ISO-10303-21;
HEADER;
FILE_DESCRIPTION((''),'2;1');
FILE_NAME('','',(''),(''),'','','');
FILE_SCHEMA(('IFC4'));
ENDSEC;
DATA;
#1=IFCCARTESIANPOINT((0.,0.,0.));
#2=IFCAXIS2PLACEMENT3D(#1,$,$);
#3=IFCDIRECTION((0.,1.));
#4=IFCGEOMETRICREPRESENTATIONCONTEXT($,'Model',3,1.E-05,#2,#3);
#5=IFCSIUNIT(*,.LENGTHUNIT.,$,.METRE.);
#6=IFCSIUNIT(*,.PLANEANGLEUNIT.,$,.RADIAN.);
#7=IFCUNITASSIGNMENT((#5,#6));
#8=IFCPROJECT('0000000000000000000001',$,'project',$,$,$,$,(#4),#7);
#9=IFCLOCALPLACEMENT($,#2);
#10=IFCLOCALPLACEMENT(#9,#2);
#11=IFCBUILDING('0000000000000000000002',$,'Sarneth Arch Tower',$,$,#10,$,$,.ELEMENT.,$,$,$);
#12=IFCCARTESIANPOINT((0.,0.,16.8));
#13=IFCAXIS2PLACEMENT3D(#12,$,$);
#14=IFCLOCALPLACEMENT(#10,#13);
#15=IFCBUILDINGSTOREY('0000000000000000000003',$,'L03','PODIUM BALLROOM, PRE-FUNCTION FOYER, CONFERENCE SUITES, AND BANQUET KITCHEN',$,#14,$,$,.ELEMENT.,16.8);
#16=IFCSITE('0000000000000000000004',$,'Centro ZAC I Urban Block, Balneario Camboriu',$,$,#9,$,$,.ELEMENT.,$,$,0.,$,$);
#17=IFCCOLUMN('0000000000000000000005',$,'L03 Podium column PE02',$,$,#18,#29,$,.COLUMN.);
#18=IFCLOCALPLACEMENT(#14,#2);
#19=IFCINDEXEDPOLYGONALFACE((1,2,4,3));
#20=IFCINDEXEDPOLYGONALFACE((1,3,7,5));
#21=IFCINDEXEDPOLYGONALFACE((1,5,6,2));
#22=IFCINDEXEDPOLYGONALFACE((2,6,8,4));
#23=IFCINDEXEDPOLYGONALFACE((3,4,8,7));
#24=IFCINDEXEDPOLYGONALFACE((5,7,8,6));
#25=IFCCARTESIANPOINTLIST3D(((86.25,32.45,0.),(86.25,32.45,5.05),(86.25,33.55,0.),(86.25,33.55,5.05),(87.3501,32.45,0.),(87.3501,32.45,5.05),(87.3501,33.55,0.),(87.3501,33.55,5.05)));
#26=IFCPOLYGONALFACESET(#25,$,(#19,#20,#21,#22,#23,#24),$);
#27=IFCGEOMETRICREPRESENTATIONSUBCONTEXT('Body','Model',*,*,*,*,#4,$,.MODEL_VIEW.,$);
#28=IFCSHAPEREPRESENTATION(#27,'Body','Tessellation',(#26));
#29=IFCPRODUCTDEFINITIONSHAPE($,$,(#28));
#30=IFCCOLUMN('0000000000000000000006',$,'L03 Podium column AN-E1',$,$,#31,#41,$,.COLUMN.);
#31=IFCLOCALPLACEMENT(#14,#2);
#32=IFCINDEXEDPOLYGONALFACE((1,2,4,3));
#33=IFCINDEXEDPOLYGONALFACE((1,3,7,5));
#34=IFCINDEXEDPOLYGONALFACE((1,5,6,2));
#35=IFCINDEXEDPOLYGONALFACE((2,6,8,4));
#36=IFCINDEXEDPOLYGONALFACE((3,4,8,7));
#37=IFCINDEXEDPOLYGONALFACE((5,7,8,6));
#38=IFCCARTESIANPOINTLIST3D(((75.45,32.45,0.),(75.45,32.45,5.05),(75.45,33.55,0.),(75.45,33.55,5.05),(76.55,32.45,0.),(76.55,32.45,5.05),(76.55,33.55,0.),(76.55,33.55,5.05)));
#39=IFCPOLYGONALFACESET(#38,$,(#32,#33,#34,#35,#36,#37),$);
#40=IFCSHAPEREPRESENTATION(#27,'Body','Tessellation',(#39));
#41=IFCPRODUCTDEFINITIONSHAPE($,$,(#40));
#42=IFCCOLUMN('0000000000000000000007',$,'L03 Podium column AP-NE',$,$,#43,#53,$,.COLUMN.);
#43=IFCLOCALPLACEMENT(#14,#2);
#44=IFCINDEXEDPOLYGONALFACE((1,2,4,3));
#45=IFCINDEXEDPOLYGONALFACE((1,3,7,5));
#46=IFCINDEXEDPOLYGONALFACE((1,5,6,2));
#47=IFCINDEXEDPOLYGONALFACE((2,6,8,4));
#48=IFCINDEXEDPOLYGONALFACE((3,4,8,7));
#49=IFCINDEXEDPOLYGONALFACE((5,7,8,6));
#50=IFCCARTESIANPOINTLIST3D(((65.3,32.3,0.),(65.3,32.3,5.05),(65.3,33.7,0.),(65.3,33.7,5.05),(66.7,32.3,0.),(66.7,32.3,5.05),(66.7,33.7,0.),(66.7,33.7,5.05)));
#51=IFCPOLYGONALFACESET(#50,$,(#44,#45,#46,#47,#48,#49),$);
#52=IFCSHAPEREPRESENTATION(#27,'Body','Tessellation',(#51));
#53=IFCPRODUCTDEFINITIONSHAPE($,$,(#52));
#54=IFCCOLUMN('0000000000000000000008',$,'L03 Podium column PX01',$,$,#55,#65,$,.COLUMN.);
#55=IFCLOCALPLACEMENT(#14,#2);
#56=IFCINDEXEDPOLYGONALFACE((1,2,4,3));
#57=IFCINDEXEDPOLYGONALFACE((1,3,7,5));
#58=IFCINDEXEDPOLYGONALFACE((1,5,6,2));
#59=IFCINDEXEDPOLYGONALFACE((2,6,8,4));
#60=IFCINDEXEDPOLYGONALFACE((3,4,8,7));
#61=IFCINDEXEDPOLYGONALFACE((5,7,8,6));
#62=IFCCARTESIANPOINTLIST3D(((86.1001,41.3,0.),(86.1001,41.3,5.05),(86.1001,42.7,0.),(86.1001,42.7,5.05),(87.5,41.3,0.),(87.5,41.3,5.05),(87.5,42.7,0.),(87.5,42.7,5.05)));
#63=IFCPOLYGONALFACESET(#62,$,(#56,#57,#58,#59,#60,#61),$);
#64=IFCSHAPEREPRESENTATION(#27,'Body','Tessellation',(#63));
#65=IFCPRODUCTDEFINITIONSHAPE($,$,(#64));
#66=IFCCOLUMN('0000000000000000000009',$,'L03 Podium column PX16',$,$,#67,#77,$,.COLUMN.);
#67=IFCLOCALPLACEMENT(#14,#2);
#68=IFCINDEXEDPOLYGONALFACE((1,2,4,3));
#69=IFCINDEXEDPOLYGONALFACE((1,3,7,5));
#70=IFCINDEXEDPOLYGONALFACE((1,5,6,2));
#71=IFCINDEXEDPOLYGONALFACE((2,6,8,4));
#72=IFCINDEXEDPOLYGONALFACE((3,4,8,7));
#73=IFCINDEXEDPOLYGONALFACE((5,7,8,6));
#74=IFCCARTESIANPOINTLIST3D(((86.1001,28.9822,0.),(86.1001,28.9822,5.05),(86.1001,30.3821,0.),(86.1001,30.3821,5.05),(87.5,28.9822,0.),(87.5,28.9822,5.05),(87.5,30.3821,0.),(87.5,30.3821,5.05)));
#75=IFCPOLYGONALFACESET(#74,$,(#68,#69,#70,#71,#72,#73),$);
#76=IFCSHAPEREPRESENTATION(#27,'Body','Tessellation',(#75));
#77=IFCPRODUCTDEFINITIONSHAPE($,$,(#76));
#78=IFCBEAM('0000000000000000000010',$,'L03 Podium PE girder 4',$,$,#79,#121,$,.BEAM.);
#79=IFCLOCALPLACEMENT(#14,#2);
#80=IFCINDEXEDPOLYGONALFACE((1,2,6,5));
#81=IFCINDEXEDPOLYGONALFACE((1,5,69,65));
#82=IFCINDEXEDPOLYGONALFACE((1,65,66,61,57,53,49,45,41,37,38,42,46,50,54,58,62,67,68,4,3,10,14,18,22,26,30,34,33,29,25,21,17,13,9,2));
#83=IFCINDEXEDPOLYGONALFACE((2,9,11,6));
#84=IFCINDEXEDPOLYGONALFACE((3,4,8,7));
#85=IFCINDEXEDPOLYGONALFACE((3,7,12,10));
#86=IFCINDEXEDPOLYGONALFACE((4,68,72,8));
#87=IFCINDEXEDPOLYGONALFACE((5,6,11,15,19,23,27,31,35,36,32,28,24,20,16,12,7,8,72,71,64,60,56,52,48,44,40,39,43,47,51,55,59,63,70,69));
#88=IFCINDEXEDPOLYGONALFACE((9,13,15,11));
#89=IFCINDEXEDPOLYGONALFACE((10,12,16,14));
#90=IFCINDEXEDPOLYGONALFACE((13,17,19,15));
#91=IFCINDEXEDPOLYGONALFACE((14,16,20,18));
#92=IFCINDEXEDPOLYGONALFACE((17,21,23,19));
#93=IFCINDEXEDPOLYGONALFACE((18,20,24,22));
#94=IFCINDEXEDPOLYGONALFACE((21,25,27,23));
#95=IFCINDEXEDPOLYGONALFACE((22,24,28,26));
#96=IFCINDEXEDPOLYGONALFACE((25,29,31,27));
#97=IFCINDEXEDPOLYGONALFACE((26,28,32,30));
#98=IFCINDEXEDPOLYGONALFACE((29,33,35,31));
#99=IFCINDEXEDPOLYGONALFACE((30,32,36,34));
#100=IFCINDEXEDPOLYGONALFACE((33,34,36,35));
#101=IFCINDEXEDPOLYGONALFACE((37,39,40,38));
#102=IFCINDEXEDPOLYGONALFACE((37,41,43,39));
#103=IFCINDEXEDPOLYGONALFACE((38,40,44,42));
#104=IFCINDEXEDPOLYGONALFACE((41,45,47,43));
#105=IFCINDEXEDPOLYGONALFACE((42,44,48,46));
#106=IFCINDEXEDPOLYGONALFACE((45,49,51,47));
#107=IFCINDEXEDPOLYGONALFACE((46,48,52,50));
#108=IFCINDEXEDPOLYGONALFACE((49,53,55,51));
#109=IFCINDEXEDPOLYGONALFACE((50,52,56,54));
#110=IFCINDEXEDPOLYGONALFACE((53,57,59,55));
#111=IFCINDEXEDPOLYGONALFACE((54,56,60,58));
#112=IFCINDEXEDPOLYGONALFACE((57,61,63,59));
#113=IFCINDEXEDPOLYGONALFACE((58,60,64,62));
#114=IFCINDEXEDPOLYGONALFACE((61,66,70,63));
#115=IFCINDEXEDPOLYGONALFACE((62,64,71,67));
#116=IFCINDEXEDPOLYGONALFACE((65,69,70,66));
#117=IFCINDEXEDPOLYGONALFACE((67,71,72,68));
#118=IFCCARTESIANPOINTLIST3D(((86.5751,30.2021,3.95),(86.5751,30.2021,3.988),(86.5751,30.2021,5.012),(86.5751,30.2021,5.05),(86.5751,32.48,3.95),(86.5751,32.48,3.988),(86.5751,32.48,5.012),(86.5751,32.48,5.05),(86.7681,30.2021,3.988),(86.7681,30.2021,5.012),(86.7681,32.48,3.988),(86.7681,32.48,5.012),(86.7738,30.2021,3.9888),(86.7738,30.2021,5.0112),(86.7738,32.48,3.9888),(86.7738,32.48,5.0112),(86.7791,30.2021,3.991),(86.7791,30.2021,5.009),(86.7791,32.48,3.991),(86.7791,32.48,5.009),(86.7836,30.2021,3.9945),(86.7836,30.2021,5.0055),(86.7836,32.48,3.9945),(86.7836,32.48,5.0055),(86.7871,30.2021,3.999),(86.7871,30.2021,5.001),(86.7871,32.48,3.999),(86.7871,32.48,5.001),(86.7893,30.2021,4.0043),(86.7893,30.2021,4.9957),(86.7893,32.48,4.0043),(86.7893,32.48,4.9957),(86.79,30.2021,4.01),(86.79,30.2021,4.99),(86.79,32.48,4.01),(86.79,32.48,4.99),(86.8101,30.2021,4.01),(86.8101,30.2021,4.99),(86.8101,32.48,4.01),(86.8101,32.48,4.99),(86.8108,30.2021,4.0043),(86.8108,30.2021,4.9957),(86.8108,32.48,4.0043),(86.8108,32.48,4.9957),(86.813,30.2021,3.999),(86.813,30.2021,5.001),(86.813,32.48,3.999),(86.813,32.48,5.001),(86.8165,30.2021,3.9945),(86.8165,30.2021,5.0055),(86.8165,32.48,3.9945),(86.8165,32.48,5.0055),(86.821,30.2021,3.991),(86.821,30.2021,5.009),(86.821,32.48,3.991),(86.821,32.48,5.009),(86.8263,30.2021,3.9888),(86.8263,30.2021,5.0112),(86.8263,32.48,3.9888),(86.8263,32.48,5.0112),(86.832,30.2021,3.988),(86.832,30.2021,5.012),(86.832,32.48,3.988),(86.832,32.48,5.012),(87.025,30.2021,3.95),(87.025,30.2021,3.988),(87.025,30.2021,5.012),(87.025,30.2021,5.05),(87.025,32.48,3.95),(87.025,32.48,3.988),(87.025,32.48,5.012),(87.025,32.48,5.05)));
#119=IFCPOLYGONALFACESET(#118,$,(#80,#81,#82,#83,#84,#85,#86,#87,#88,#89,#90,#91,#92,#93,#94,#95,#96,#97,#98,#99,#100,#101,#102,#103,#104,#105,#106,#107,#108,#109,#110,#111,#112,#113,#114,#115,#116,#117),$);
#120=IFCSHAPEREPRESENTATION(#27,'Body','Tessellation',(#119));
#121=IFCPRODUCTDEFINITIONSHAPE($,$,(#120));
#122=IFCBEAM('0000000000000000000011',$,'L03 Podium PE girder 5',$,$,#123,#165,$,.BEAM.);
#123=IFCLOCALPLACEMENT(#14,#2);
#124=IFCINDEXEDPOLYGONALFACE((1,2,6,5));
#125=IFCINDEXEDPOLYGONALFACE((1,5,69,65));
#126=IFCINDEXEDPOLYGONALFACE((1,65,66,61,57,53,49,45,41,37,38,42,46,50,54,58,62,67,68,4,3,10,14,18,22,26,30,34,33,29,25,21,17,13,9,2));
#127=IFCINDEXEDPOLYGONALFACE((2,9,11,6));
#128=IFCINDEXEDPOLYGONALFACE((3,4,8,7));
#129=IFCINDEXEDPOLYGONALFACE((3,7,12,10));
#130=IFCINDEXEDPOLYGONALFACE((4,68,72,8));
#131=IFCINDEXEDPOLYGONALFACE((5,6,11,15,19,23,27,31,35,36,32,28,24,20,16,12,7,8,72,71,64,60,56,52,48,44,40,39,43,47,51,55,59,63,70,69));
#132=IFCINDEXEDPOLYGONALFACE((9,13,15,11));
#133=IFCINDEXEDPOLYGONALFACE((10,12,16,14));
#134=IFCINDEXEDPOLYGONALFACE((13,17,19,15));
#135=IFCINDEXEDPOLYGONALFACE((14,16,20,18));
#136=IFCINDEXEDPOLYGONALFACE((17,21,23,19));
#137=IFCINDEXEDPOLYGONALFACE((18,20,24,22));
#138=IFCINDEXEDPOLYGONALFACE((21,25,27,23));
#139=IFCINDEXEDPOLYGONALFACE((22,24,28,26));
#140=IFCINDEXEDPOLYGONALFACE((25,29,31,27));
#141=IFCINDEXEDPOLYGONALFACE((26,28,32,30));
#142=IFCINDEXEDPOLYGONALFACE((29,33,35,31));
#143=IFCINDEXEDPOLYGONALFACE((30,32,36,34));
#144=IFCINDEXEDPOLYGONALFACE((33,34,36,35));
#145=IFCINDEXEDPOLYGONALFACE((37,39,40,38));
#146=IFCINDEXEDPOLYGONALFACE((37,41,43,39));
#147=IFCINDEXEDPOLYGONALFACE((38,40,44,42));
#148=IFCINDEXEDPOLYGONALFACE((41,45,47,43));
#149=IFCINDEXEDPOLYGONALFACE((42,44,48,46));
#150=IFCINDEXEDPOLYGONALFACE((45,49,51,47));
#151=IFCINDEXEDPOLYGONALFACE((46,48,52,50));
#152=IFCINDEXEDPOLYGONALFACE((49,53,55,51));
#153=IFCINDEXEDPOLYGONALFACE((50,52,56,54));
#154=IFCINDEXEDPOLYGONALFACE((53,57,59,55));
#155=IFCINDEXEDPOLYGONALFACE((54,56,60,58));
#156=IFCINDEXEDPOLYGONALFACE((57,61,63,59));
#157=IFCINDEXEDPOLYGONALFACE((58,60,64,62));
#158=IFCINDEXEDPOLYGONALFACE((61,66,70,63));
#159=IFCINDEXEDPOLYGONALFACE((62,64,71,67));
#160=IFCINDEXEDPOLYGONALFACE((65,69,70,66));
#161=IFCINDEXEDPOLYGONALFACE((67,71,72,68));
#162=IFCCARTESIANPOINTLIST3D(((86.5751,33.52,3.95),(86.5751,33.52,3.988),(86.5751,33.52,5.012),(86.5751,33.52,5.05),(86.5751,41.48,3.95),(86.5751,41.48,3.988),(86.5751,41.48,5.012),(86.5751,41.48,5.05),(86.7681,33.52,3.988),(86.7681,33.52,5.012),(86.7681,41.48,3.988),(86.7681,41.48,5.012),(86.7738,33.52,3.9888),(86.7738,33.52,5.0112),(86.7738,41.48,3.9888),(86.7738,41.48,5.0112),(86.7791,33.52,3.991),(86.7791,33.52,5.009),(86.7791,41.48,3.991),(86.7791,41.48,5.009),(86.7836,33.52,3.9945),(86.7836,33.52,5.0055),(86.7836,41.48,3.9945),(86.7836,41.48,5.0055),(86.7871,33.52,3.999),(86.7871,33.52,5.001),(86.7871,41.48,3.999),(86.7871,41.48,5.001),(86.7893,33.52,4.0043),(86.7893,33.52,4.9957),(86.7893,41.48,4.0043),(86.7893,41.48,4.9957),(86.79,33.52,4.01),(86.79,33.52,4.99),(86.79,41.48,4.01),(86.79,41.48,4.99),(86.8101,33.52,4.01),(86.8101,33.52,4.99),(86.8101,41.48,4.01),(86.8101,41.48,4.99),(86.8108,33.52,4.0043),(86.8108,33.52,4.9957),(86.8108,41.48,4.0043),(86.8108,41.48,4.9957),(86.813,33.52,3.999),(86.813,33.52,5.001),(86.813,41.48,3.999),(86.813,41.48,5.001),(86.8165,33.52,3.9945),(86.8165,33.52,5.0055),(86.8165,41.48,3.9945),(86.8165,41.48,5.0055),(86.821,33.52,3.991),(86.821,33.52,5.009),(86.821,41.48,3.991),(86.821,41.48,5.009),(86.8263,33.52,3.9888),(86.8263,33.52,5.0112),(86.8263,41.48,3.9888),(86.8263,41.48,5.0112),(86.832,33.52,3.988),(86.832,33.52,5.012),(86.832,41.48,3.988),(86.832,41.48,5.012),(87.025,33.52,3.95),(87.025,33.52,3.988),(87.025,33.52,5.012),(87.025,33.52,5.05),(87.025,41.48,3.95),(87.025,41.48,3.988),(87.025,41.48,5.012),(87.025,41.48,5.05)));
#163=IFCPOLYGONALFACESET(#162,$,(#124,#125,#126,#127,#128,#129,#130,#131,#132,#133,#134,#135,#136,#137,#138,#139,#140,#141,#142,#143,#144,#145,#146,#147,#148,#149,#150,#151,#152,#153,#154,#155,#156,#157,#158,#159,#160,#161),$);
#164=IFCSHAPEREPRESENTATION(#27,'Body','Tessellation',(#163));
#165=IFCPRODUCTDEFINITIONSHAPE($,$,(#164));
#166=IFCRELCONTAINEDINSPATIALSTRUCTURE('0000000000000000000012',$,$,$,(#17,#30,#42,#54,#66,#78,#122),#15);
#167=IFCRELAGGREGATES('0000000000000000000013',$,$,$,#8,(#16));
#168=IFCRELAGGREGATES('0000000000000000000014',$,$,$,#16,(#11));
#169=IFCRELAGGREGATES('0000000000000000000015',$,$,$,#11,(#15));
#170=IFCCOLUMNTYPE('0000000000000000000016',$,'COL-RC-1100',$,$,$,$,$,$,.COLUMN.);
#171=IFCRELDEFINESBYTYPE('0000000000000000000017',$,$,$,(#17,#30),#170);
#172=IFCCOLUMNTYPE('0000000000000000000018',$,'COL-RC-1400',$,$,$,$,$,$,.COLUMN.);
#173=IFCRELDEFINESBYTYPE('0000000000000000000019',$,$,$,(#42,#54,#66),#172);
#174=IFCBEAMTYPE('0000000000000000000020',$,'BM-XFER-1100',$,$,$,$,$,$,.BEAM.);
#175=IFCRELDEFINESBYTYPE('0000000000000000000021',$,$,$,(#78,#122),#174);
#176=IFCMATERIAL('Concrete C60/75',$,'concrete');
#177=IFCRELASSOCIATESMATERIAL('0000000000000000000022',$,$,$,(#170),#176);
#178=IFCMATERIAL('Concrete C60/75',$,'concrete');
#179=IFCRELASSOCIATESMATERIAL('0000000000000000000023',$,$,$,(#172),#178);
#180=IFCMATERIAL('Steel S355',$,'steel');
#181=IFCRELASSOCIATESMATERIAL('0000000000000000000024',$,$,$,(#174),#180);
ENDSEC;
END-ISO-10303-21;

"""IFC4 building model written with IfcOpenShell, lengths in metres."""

from ifc_helpers import new_model, si_unit, direction, frame, origin, origin_2d, place, context, subcontext, project, spatial, rectangle, i_section, extrude, material, material_profile, profile_set, type_object, element, save


model = new_model("IFC4")

# Units and contexts
model_context = context("Model", 3, precision=1e-05, world=origin(), true_north=direction((0.0, 1.0)))
body_context = subcontext(model_context, "Body", "Model", "MODEL_VIEW")
ifc_project = project(units=[si_unit("LENGTHUNIT", "METRE"), si_unit("PLANEANGLEUNIT", "RADIAN")], contexts=[model_context])

# Site, building, storey
site_placement = place(None, origin())
site = spatial("IfcSite", under=ifc_project, at=site_placement, Name="Centro ZAC I Urban Block, Balneario Camboriu", CompositionType="ELEMENT", RefElevation=0.0)
building_placement = place(site_placement, origin())
building = spatial("IfcBuilding", under=site, at=building_placement, Name="Sarneth Arch Tower", CompositionType="ELEMENT")
storey_placement = place(building_placement, frame((0.0, 0.0, 16.8)))
storey = spatial("IfcBuildingStorey", under=building, at=storey_placement, Name="L03", Description="PODIUM BALLROOM, PRE-FUNCTION FOYER, CONFERENCE SUITES, AND BANQUET KITCHEN", CompositionType="ELEMENT", Elevation=16.8)

# Columns
ifc_material_1 = material(Name="Concrete C60/75", Category="concrete")
ifc_material_profile_1 = material_profile(ifc_material_1, rectangle(XDim=1.1001, YDim=1.1001, at=origin_2d()), Name="RC-1100x1100")
ifc_profile_set_1 = profile_set([ifc_material_profile_1], Name="Concrete C60/75")
column_type_1 = type_object("IfcColumnType", Name="COL-RC-1100", PredefinedType="COLUMN", material=ifc_profile_set_1)
for number, where, z_axis, x_axis, name in (
    (1, (86.8, 33.0, 0.0), (0.0, 0.0, 1.0), (1.0, 0.0, 0.0), "L03 Podium column PE02"),
    (2, (76.0, 33.0, 0.0), (0.0, 0.0, 1.0), (1.0, 0.0, 0.0), "L03 Podium column AN-E1"),
):
    element("IfcColumn", number, at=place(storey_placement, frame(where, z_axis=z_axis, x_axis=x_axis)), inside=storey, type_object=column_type_1, Name=name, PredefinedType="COLUMN", context=body_context, shape_type="SweptSolid", body=[
        extrude(rectangle(XDim=1.1001, YDim=1.1001, at=origin_2d()), origin(), (0.0, 0.0, 1.0), 5.05),
    ])
ifc_material_2 = material(Name="Concrete C60/75", Category="concrete")
ifc_material_profile_2 = material_profile(ifc_material_2, rectangle(XDim=1.3999, YDim=1.3999, at=origin_2d()), Name="RC-1400x1400")
ifc_profile_set_2 = profile_set([ifc_material_profile_2], Name="Concrete C60/75")
column_type_2 = type_object("IfcColumnType", Name="COL-RC-1400", PredefinedType="COLUMN", material=ifc_profile_set_2)
for number, where, z_axis, x_axis, name in (
    (3, (66.0, 33.0, 0.0), (0.0, 0.0, 1.0), (1.0, 0.0, 0.0), "L03 Podium column AP-NE"),
    (4, (86.8, 42.0, 0.0), (0.0, 0.0, 1.0), (1.0, 0.0, 0.0), "L03 Podium column PX01"),
    (5, (86.8, 29.6821, 0.0), (0.0, 0.0, 1.0), (1.0, 0.0, 0.0), "L03 Podium column PX16"),
):
    element("IfcColumn", number, at=place(storey_placement, frame(where, z_axis=z_axis, x_axis=x_axis)), inside=storey, type_object=column_type_2, Name=name, PredefinedType="COLUMN", context=body_context, shape_type="SweptSolid", body=[
        extrude(rectangle(XDim=1.3999, YDim=1.3999, at=origin_2d()), origin(), (0.0, 0.0, 1.0), 5.05),
    ])

# Beams
ifc_material_3 = material(Name="Steel S355", Category="steel")
ifc_material_profile_3 = material_profile(ifc_material_3, i_section(OverallWidth=0.45, OverallDepth=1.1001, WebThickness=0.02, FlangeThickness=0.0381, FilletRadius=0.022, at=origin_2d()), Name="CVS1100x456")
ifc_profile_set_3 = profile_set([ifc_material_profile_3], Name="Steel S355")
beam_type = type_object("IfcBeamType", Name="BM-XFER-1100", PredefinedType="BEAM", material=ifc_profile_set_3)
beam_1_placement = place(storey_placement, frame((86.8, 30.2021, 4.5), z_axis=(0.0, 1.0, 0.0), x_axis=(-1.0, 0.0, 0.0)))
element("IfcBeam", 6, at=beam_1_placement, inside=storey, type_object=beam_type, Name="L03 Podium PE girder 4", PredefinedType="BEAM", context=body_context, shape_type="SweptSolid", body=[
    extrude(i_section(OverallWidth=0.45, OverallDepth=1.1001, WebThickness=0.02, FlangeThickness=0.0381, FilletRadius=0.022, at=origin_2d()), origin(), (0.0, 0.0, 1.0), 2.2778),
])
beam_2_placement = place(storey_placement, frame((86.8, 33.52, 4.5), z_axis=(0.0, 1.0, 0.0), x_axis=(-1.0, 0.0, 0.0)))
element("IfcBeam", 7, at=beam_2_placement, inside=storey, type_object=beam_type, Name="L03 Podium PE girder 5", PredefinedType="BEAM", context=body_context, shape_type="SweptSolid", body=[
    extrude(i_section(OverallWidth=0.45, OverallDepth=1.1001, WebThickness=0.02, FlangeThickness=0.0381, FilletRadius=0.022, at=origin_2d()), origin(), (0.0, 0.0, 1.0), 7.96),
])

save(model, "model.ifc")
